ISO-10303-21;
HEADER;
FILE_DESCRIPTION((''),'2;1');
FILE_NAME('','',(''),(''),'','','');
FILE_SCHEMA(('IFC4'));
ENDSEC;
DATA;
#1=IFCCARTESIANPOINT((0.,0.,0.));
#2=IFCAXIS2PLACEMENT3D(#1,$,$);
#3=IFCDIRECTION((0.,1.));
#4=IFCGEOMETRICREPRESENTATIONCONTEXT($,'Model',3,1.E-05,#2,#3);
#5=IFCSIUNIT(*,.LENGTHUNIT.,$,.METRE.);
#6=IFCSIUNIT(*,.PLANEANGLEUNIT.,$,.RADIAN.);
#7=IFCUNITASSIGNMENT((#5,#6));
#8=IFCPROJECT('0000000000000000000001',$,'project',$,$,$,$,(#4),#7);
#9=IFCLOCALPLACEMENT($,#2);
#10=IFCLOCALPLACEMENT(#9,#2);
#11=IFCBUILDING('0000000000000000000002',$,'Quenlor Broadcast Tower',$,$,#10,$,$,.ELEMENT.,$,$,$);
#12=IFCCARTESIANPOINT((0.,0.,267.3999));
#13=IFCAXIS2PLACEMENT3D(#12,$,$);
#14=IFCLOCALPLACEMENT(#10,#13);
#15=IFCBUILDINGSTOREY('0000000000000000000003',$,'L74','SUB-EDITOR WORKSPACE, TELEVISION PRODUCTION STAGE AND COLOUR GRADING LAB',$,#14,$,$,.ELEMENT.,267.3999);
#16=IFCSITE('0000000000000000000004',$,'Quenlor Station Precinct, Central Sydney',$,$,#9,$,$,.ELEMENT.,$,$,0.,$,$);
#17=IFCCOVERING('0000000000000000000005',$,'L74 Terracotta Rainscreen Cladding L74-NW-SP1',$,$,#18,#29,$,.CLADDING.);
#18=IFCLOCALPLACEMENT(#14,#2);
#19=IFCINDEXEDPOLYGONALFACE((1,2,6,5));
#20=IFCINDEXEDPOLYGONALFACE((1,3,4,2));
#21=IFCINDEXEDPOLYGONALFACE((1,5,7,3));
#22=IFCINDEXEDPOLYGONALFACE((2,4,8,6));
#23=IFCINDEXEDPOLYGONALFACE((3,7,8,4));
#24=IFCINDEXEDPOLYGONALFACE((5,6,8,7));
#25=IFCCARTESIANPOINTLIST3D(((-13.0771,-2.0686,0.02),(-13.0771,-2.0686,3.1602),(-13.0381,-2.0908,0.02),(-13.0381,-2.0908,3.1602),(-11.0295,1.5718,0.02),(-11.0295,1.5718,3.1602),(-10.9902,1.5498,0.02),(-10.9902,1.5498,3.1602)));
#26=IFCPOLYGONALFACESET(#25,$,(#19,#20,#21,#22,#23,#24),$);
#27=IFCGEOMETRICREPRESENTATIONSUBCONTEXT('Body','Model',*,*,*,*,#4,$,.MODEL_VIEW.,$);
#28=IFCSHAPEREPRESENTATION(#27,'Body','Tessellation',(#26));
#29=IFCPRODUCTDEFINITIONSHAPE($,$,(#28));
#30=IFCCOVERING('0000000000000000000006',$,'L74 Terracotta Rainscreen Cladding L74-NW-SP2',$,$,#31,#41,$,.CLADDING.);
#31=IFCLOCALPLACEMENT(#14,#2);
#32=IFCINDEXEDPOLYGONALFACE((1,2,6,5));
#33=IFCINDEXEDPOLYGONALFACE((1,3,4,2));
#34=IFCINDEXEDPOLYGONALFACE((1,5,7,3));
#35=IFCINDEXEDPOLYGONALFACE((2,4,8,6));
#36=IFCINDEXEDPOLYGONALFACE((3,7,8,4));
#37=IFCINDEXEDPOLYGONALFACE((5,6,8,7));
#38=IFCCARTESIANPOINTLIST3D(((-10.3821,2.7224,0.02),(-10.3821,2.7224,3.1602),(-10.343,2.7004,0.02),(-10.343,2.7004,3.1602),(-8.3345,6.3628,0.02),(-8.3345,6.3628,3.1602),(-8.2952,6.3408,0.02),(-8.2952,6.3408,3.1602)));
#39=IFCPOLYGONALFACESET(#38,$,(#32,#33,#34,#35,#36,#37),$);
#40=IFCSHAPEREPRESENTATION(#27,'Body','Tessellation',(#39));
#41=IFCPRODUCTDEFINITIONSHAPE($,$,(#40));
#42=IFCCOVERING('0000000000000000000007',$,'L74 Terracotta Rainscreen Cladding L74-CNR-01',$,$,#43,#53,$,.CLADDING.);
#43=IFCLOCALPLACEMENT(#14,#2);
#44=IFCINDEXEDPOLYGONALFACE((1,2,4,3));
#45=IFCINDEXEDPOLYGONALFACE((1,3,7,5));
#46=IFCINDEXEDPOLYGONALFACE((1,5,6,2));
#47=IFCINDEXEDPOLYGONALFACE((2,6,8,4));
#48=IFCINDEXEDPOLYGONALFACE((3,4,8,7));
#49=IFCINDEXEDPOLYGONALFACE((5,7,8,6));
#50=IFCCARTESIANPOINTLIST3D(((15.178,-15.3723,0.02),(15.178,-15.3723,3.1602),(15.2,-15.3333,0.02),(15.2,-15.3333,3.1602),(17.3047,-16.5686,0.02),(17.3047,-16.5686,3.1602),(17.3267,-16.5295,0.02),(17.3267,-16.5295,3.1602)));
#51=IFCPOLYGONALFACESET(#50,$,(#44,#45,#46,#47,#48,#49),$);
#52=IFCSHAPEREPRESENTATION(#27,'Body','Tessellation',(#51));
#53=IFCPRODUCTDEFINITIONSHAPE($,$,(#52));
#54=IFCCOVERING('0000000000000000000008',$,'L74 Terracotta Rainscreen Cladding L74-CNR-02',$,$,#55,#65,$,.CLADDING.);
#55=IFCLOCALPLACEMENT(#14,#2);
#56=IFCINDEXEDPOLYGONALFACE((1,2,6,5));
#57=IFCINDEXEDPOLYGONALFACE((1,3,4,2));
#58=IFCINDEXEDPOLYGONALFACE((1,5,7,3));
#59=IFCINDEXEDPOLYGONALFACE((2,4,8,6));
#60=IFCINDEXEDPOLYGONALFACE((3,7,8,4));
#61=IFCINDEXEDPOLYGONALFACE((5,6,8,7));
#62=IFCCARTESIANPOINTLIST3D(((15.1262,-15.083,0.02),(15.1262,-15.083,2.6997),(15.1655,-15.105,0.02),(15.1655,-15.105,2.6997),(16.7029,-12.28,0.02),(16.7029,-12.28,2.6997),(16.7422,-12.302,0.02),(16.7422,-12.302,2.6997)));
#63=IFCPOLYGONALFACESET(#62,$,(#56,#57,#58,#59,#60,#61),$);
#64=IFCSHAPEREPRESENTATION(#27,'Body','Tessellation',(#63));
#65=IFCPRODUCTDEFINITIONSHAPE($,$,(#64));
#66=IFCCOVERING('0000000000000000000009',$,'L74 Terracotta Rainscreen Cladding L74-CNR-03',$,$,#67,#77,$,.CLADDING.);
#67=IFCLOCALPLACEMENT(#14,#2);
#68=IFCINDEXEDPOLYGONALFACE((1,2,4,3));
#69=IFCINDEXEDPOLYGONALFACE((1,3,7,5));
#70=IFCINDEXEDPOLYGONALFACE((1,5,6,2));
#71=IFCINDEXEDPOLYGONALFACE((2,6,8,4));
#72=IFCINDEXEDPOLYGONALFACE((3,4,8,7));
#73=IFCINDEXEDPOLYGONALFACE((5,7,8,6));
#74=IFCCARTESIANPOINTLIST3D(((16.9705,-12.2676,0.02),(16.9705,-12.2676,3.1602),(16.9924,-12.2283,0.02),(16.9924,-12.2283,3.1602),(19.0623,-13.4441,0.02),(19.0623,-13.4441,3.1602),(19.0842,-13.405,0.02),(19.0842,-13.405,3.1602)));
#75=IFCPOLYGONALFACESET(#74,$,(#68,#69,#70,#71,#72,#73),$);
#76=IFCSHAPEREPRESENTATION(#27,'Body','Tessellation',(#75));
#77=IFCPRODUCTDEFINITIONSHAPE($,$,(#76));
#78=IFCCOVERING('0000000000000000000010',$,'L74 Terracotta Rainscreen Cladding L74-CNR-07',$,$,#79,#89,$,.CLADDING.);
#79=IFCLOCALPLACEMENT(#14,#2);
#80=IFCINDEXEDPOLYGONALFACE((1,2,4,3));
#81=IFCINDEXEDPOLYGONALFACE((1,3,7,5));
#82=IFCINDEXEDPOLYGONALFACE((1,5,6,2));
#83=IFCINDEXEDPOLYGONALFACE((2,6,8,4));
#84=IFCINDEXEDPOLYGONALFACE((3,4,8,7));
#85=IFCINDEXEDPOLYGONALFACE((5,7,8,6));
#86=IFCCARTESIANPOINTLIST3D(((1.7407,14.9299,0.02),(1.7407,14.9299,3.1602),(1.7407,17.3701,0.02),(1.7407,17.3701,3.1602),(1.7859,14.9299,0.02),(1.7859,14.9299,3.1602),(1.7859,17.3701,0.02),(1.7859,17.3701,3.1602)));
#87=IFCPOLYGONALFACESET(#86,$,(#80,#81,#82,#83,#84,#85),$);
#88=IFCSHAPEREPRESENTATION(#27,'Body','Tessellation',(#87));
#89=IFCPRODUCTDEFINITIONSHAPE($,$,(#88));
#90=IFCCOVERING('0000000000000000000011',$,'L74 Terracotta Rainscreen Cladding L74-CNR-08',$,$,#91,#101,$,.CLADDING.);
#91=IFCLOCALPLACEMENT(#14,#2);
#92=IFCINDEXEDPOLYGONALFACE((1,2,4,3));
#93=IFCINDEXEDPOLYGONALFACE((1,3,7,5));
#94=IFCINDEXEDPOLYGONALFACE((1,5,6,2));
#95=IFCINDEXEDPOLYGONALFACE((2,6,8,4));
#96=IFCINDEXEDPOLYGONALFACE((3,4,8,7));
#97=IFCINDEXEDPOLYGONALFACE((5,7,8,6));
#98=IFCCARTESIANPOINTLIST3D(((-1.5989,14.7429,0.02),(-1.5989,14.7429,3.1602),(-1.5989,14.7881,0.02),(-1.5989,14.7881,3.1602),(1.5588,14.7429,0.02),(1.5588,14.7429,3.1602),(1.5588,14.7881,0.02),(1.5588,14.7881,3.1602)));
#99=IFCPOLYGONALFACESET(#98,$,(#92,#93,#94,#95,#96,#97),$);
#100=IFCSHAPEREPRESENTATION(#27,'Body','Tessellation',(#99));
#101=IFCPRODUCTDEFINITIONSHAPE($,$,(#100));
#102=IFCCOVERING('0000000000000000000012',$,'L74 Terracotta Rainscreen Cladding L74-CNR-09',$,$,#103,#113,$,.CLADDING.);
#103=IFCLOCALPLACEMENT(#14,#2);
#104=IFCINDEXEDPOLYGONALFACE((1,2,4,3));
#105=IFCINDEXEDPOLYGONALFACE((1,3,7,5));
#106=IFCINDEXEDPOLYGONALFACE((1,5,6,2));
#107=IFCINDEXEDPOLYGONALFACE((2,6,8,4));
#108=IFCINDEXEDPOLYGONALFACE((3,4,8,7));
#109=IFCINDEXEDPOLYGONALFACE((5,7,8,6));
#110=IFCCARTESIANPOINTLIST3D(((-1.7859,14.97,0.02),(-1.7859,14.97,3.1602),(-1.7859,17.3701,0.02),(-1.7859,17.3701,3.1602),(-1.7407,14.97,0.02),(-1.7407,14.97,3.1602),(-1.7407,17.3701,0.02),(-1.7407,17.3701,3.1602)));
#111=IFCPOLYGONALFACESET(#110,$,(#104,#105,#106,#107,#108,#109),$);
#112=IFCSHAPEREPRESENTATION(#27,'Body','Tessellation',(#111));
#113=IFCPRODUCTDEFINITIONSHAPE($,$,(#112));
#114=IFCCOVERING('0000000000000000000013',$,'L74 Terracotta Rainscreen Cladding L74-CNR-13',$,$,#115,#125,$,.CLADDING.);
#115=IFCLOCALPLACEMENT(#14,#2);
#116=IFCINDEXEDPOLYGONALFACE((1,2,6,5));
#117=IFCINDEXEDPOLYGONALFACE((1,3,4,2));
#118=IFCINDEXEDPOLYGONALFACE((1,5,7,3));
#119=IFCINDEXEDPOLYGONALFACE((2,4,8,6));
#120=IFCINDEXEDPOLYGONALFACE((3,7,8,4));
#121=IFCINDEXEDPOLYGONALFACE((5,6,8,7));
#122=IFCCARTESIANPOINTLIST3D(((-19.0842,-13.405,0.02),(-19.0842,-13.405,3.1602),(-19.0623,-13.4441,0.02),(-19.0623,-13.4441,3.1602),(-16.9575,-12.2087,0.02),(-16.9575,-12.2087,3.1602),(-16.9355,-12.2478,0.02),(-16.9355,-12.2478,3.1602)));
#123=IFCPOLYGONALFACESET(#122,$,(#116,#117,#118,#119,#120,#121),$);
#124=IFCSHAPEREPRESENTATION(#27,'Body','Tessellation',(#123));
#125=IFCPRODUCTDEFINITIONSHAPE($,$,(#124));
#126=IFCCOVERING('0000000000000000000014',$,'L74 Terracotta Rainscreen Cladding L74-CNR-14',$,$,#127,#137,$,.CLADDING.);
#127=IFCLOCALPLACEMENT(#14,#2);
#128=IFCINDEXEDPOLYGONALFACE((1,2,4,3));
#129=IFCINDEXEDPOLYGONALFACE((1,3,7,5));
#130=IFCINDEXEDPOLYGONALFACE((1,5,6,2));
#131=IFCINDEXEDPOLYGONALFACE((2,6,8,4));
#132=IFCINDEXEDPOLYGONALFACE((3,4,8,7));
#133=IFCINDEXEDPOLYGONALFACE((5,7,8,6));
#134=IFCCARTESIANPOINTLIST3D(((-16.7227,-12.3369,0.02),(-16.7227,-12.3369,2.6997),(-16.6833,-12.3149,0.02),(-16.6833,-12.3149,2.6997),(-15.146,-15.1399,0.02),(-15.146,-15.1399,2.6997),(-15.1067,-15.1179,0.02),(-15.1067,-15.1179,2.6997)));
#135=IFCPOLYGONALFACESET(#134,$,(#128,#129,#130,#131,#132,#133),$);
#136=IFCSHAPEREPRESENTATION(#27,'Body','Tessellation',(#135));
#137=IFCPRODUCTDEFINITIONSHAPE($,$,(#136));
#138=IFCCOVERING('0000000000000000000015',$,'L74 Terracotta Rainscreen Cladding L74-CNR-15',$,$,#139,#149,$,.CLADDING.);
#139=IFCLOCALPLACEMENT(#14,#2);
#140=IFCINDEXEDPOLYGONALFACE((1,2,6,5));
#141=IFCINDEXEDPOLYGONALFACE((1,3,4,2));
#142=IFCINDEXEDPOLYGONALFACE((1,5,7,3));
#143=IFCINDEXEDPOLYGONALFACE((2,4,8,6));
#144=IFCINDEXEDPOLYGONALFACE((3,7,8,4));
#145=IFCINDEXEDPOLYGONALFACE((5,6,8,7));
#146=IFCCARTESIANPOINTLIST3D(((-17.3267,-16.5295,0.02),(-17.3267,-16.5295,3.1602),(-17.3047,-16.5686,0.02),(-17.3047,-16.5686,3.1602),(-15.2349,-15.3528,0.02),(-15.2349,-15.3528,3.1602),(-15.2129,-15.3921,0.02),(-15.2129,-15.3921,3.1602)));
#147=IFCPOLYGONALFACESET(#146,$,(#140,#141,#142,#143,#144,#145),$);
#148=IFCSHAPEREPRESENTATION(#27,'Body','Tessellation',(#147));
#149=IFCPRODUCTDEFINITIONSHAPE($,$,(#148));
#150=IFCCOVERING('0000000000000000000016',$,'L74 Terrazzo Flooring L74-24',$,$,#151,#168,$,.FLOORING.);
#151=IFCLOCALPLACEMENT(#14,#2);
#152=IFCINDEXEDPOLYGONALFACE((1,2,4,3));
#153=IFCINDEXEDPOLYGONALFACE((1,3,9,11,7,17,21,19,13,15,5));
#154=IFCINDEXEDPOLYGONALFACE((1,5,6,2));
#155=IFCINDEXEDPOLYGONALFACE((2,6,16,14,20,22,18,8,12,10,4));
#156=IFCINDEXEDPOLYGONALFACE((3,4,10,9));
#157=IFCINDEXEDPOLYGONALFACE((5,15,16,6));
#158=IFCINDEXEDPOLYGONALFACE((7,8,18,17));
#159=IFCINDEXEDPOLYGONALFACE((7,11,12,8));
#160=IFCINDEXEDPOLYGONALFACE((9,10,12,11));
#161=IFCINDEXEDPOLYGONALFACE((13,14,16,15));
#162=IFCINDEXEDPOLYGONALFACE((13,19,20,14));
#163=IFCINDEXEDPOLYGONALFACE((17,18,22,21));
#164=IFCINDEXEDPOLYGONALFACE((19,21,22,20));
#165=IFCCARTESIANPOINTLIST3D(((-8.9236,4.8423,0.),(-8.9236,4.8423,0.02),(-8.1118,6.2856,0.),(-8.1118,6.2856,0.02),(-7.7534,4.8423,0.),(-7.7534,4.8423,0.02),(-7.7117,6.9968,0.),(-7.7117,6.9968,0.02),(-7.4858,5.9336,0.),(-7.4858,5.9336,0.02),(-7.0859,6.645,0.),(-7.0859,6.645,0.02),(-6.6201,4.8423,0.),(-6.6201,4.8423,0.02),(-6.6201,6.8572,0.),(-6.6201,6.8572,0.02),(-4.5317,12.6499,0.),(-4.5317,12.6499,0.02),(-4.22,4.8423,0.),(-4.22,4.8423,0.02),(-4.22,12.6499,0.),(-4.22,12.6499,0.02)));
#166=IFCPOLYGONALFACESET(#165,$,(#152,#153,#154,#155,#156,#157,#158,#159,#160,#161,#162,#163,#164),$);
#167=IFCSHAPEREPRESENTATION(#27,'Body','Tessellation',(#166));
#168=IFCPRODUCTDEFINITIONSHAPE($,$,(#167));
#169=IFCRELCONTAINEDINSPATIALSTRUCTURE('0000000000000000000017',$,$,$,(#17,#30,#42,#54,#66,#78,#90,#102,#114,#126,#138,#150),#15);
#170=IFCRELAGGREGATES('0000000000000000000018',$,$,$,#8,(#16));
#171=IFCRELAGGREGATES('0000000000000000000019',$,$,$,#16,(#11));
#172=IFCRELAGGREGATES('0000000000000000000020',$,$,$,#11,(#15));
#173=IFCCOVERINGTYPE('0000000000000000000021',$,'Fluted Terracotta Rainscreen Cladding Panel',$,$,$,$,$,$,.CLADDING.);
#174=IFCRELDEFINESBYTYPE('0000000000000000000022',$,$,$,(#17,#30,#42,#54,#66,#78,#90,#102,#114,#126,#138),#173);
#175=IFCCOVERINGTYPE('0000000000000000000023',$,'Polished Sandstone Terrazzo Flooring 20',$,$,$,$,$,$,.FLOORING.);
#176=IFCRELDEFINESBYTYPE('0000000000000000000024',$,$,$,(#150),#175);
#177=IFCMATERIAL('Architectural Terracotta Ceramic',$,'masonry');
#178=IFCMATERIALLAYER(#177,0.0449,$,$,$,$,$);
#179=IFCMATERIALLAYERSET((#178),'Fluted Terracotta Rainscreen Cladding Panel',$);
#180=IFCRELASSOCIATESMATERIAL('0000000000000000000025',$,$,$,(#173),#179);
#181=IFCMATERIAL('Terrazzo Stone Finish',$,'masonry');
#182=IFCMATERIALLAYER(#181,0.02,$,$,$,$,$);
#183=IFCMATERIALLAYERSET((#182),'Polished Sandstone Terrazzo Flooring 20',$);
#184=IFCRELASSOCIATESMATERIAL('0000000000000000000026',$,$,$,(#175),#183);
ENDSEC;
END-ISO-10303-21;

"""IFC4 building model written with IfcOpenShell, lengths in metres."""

from ifc_helpers import new_model, si_unit, direction, frame, origin, place, context, subcontext, project, spatial, polyline, outline, extrude, material, layer, layer_set, type_object, element, save


model = new_model("IFC4")

# Units and contexts
model_context = context("Model", 3, precision=1e-05, world=origin(), true_north=direction((0.0, 1.0)))
body_context = subcontext(model_context, "Body", "Model", "MODEL_VIEW")
ifc_project = project(units=[si_unit("LENGTHUNIT", "METRE"), si_unit("PLANEANGLEUNIT", "RADIAN")], contexts=[model_context])

# Site, building, storey
site_placement = place(None, origin())
site = spatial("IfcSite", under=ifc_project, at=site_placement, Name="Quenlor Station Precinct, Central Sydney", CompositionType="ELEMENT", RefElevation=0.0)
building_placement = place(site_placement, origin())
building = spatial("IfcBuilding", under=site, at=building_placement, Name="Quenlor Broadcast Tower", CompositionType="ELEMENT")
storey_placement = place(building_placement, frame((0.0, 0.0, 267.3999)))
storey = spatial("IfcBuildingStorey", under=building, at=storey_placement, Name="L74", Description="SUB-EDITOR WORKSPACE, TELEVISION PRODUCTION STAGE AND COLOUR GRADING LAB", CompositionType="ELEMENT", Elevation=267.3999)

# Coverings
ifc_material_1 = material(Name="Architectural Terracotta Ceramic", Category="masonry")
ifc_layer_1 = layer(ifc_material_1, 0.0449)
ifc_layer_set_1 = layer_set([ifc_layer_1], Name="Fluted Terracotta Rainscreen Cladding Panel")
covering_type_1 = type_object("IfcCoveringType", Name="Fluted Terracotta Rainscreen Cladding Panel", PredefinedType="CLADDING", material=ifc_layer_set_1)
covering_1_placement = place(storey_placement, frame((0.0, 0.0, 0.02)))
element("IfcCovering", 1, at=covering_1_placement, inside=storey, type_object=covering_type_1, Name="L74 Terracotta Rainscreen Cladding L74-NW-SP1", PredefinedType="CLADDING", context=body_context, shape_type="SweptSolid", body=[
    extrude(outline(polyline([(-13.0381, -2.0908), (-10.9902, 1.5498), (-11.0295, 1.5718), (-13.0771, -2.0686), (-13.0381, -2.0908)])), origin(), (0.0, 0.0, 1.0), 3.1401),
])
covering_2_placement = place(storey_placement, frame((0.0, 0.0, 0.02)))
element("IfcCovering", 2, at=covering_2_placement, inside=storey, type_object=covering_type_1, Name="L74 Terracotta Rainscreen Cladding L74-NW-SP2", PredefinedType="CLADDING", context=body_context, shape_type="SweptSolid", body=[
    extrude(outline(polyline([(-10.343, 2.7004), (-8.2952, 6.3408), (-8.3345, 6.3628), (-10.3821, 2.7224), (-10.343, 2.7004)])), origin(), (0.0, 0.0, 1.0), 3.1401),
])
covering_3_placement = place(storey_placement, frame((0.0, 0.0, 0.02)))
element("IfcCovering", 3, at=covering_3_placement, inside=storey, type_object=covering_type_1, Name="L74 Terracotta Rainscreen Cladding L74-CNR-01", PredefinedType="CLADDING", context=body_context, shape_type="SweptSolid", body=[
    extrude(outline(polyline([(17.3267, -16.5295), (15.2, -15.3333), (15.178, -15.3723), (17.3047, -16.5686), (17.3267, -16.5295)])), origin(), (0.0, 0.0, 1.0), 3.1401),
])
covering_4_placement = place(storey_placement, frame((0.0, 0.0, 0.02)))
element("IfcCovering", 4, at=covering_4_placement, inside=storey, type_object=covering_type_1, Name="L74 Terracotta Rainscreen Cladding L74-CNR-02", PredefinedType="CLADDING", context=body_context, shape_type="SweptSolid", body=[
    extrude(outline(polyline([(15.1655, -15.105), (16.7422, -12.302), (16.7029, -12.28), (15.1262, -15.083), (15.1655, -15.105)])), origin(), (0.0, 0.0, 1.0), 2.6797),
])
covering_5_placement = place(storey_placement, frame((0.0, 0.0, 0.02)))
element("IfcCovering", 5, at=covering_5_placement, inside=storey, type_object=covering_type_1, Name="L74 Terracotta Rainscreen Cladding L74-CNR-03", PredefinedType="CLADDING", context=body_context, shape_type="SweptSolid", body=[
    extrude(outline(polyline([(16.9705, -12.2676), (19.0623, -13.4441), (19.0842, -13.405), (16.9924, -12.2283), (16.9705, -12.2676)])), origin(), (0.0, 0.0, 1.0), 3.1401),
])
covering_6_placement = place(storey_placement, frame((0.0, 0.0, 0.02)))
element("IfcCovering", 6, at=covering_6_placement, inside=storey, type_object=covering_type_1, Name="L74 Terracotta Rainscreen Cladding L74-CNR-07", PredefinedType="CLADDING", context=body_context, shape_type="SweptSolid", body=[
    extrude(outline(polyline([(1.7407, 17.3701), (1.7407, 14.9299), (1.7859, 14.9299), (1.7859, 17.3701), (1.7407, 17.3701)])), origin(), (0.0, 0.0, 1.0), 3.1401),
])
covering_7_placement = place(storey_placement, frame((0.0, 0.0, 0.02)))
element("IfcCovering", 7, at=covering_7_placement, inside=storey, type_object=covering_type_1, Name="L74 Terracotta Rainscreen Cladding L74-CNR-08", PredefinedType="CLADDING", context=body_context, shape_type="SweptSolid", body=[
    extrude(outline(polyline([(1.5588, 14.7881), (-1.5989, 14.7881), (-1.5989, 14.7429), (1.5588, 14.7429), (1.5588, 14.7881)])), origin(), (0.0, 0.0, 1.0), 3.1401),
])
covering_8_placement = place(storey_placement, frame((0.0, 0.0, 0.02)))
element("IfcCovering", 8, at=covering_8_placement, inside=storey, type_object=covering_type_1, Name="L74 Terracotta Rainscreen Cladding L74-CNR-09", PredefinedType="CLADDING", context=body_context, shape_type="SweptSolid", body=[
    extrude(outline(polyline([(-1.7407, 14.97), (-1.7407, 17.3701), (-1.7859, 17.3701), (-1.7859, 14.97), (-1.7407, 14.97)])), origin(), (0.0, 0.0, 1.0), 3.1401),
])
covering_9_placement = place(storey_placement, frame((0.0, 0.0, 0.02)))
element("IfcCovering", 9, at=covering_9_placement, inside=storey, type_object=covering_type_1, Name="L74 Terracotta Rainscreen Cladding L74-CNR-13", PredefinedType="CLADDING", context=body_context, shape_type="SweptSolid", body=[
    extrude(outline(polyline([(-19.0623, -13.4441), (-16.9355, -12.2478), (-16.9575, -12.2087), (-19.0842, -13.405), (-19.0623, -13.4441)])), origin(), (0.0, 0.0, 1.0), 3.1401),
])
covering_10_placement = place(storey_placement, frame((0.0, 0.0, 0.02)))
element("IfcCovering", 10, at=covering_10_placement, inside=storey, type_object=covering_type_1, Name="L74 Terracotta Rainscreen Cladding L74-CNR-14", PredefinedType="CLADDING", context=body_context, shape_type="SweptSolid", body=[
    extrude(outline(polyline([(-16.7227, -12.3369), (-15.146, -15.1399), (-15.1067, -15.1179), (-16.6833, -12.3149), (-16.7227, -12.3369)])), origin(), (0.0, 0.0, 1.0), 2.6797),
])
covering_11_placement = place(storey_placement, frame((0.0, 0.0, 0.02)))
element("IfcCovering", 11, at=covering_11_placement, inside=storey, type_object=covering_type_1, Name="L74 Terracotta Rainscreen Cladding L74-CNR-15", PredefinedType="CLADDING", context=body_context, shape_type="SweptSolid", body=[
    extrude(outline(polyline([(-15.2349, -15.3528), (-17.3267, -16.5295), (-17.3047, -16.5686), (-15.2129, -15.3921), (-15.2349, -15.3528)])), origin(), (0.0, 0.0, 1.0), 3.1401),
])
ifc_material_2 = material(Name="Terrazzo Stone Finish", Category="masonry")
ifc_layer_2 = layer(ifc_material_2, 0.02)
ifc_layer_set_2 = layer_set([ifc_layer_2], Name="Polished Sandstone Terrazzo Flooring 20")
covering_type_2 = type_object("IfcCoveringType", Name="Polished Sandstone Terrazzo Flooring 20", PredefinedType="FLOORING", material=ifc_layer_set_2)
covering_12_placement = place(storey_placement, origin())
element("IfcCovering", 12, at=covering_12_placement, inside=storey, type_object=covering_type_2, Name="L74 Terrazzo Flooring L74-24", PredefinedType="FLOORING", context=body_context, shape_type="SweptSolid", body=[
    extrude(outline(polyline([(-8.1118, 6.2856), (-7.4858, 5.9336), (-7.0859, 6.645), (-7.7117, 6.9968), (-4.5317, 12.6499), (-4.22, 12.6499), (-4.22, 4.8423), (-6.6201, 4.8423), (-6.6201, 6.8572), (-7.7534, 4.8423), (-8.9236, 4.8423), (-8.1118, 6.2856)])), origin(), (0.0, 0.0, 1.0), 0.02),
])

save(model, "model.ifc")
